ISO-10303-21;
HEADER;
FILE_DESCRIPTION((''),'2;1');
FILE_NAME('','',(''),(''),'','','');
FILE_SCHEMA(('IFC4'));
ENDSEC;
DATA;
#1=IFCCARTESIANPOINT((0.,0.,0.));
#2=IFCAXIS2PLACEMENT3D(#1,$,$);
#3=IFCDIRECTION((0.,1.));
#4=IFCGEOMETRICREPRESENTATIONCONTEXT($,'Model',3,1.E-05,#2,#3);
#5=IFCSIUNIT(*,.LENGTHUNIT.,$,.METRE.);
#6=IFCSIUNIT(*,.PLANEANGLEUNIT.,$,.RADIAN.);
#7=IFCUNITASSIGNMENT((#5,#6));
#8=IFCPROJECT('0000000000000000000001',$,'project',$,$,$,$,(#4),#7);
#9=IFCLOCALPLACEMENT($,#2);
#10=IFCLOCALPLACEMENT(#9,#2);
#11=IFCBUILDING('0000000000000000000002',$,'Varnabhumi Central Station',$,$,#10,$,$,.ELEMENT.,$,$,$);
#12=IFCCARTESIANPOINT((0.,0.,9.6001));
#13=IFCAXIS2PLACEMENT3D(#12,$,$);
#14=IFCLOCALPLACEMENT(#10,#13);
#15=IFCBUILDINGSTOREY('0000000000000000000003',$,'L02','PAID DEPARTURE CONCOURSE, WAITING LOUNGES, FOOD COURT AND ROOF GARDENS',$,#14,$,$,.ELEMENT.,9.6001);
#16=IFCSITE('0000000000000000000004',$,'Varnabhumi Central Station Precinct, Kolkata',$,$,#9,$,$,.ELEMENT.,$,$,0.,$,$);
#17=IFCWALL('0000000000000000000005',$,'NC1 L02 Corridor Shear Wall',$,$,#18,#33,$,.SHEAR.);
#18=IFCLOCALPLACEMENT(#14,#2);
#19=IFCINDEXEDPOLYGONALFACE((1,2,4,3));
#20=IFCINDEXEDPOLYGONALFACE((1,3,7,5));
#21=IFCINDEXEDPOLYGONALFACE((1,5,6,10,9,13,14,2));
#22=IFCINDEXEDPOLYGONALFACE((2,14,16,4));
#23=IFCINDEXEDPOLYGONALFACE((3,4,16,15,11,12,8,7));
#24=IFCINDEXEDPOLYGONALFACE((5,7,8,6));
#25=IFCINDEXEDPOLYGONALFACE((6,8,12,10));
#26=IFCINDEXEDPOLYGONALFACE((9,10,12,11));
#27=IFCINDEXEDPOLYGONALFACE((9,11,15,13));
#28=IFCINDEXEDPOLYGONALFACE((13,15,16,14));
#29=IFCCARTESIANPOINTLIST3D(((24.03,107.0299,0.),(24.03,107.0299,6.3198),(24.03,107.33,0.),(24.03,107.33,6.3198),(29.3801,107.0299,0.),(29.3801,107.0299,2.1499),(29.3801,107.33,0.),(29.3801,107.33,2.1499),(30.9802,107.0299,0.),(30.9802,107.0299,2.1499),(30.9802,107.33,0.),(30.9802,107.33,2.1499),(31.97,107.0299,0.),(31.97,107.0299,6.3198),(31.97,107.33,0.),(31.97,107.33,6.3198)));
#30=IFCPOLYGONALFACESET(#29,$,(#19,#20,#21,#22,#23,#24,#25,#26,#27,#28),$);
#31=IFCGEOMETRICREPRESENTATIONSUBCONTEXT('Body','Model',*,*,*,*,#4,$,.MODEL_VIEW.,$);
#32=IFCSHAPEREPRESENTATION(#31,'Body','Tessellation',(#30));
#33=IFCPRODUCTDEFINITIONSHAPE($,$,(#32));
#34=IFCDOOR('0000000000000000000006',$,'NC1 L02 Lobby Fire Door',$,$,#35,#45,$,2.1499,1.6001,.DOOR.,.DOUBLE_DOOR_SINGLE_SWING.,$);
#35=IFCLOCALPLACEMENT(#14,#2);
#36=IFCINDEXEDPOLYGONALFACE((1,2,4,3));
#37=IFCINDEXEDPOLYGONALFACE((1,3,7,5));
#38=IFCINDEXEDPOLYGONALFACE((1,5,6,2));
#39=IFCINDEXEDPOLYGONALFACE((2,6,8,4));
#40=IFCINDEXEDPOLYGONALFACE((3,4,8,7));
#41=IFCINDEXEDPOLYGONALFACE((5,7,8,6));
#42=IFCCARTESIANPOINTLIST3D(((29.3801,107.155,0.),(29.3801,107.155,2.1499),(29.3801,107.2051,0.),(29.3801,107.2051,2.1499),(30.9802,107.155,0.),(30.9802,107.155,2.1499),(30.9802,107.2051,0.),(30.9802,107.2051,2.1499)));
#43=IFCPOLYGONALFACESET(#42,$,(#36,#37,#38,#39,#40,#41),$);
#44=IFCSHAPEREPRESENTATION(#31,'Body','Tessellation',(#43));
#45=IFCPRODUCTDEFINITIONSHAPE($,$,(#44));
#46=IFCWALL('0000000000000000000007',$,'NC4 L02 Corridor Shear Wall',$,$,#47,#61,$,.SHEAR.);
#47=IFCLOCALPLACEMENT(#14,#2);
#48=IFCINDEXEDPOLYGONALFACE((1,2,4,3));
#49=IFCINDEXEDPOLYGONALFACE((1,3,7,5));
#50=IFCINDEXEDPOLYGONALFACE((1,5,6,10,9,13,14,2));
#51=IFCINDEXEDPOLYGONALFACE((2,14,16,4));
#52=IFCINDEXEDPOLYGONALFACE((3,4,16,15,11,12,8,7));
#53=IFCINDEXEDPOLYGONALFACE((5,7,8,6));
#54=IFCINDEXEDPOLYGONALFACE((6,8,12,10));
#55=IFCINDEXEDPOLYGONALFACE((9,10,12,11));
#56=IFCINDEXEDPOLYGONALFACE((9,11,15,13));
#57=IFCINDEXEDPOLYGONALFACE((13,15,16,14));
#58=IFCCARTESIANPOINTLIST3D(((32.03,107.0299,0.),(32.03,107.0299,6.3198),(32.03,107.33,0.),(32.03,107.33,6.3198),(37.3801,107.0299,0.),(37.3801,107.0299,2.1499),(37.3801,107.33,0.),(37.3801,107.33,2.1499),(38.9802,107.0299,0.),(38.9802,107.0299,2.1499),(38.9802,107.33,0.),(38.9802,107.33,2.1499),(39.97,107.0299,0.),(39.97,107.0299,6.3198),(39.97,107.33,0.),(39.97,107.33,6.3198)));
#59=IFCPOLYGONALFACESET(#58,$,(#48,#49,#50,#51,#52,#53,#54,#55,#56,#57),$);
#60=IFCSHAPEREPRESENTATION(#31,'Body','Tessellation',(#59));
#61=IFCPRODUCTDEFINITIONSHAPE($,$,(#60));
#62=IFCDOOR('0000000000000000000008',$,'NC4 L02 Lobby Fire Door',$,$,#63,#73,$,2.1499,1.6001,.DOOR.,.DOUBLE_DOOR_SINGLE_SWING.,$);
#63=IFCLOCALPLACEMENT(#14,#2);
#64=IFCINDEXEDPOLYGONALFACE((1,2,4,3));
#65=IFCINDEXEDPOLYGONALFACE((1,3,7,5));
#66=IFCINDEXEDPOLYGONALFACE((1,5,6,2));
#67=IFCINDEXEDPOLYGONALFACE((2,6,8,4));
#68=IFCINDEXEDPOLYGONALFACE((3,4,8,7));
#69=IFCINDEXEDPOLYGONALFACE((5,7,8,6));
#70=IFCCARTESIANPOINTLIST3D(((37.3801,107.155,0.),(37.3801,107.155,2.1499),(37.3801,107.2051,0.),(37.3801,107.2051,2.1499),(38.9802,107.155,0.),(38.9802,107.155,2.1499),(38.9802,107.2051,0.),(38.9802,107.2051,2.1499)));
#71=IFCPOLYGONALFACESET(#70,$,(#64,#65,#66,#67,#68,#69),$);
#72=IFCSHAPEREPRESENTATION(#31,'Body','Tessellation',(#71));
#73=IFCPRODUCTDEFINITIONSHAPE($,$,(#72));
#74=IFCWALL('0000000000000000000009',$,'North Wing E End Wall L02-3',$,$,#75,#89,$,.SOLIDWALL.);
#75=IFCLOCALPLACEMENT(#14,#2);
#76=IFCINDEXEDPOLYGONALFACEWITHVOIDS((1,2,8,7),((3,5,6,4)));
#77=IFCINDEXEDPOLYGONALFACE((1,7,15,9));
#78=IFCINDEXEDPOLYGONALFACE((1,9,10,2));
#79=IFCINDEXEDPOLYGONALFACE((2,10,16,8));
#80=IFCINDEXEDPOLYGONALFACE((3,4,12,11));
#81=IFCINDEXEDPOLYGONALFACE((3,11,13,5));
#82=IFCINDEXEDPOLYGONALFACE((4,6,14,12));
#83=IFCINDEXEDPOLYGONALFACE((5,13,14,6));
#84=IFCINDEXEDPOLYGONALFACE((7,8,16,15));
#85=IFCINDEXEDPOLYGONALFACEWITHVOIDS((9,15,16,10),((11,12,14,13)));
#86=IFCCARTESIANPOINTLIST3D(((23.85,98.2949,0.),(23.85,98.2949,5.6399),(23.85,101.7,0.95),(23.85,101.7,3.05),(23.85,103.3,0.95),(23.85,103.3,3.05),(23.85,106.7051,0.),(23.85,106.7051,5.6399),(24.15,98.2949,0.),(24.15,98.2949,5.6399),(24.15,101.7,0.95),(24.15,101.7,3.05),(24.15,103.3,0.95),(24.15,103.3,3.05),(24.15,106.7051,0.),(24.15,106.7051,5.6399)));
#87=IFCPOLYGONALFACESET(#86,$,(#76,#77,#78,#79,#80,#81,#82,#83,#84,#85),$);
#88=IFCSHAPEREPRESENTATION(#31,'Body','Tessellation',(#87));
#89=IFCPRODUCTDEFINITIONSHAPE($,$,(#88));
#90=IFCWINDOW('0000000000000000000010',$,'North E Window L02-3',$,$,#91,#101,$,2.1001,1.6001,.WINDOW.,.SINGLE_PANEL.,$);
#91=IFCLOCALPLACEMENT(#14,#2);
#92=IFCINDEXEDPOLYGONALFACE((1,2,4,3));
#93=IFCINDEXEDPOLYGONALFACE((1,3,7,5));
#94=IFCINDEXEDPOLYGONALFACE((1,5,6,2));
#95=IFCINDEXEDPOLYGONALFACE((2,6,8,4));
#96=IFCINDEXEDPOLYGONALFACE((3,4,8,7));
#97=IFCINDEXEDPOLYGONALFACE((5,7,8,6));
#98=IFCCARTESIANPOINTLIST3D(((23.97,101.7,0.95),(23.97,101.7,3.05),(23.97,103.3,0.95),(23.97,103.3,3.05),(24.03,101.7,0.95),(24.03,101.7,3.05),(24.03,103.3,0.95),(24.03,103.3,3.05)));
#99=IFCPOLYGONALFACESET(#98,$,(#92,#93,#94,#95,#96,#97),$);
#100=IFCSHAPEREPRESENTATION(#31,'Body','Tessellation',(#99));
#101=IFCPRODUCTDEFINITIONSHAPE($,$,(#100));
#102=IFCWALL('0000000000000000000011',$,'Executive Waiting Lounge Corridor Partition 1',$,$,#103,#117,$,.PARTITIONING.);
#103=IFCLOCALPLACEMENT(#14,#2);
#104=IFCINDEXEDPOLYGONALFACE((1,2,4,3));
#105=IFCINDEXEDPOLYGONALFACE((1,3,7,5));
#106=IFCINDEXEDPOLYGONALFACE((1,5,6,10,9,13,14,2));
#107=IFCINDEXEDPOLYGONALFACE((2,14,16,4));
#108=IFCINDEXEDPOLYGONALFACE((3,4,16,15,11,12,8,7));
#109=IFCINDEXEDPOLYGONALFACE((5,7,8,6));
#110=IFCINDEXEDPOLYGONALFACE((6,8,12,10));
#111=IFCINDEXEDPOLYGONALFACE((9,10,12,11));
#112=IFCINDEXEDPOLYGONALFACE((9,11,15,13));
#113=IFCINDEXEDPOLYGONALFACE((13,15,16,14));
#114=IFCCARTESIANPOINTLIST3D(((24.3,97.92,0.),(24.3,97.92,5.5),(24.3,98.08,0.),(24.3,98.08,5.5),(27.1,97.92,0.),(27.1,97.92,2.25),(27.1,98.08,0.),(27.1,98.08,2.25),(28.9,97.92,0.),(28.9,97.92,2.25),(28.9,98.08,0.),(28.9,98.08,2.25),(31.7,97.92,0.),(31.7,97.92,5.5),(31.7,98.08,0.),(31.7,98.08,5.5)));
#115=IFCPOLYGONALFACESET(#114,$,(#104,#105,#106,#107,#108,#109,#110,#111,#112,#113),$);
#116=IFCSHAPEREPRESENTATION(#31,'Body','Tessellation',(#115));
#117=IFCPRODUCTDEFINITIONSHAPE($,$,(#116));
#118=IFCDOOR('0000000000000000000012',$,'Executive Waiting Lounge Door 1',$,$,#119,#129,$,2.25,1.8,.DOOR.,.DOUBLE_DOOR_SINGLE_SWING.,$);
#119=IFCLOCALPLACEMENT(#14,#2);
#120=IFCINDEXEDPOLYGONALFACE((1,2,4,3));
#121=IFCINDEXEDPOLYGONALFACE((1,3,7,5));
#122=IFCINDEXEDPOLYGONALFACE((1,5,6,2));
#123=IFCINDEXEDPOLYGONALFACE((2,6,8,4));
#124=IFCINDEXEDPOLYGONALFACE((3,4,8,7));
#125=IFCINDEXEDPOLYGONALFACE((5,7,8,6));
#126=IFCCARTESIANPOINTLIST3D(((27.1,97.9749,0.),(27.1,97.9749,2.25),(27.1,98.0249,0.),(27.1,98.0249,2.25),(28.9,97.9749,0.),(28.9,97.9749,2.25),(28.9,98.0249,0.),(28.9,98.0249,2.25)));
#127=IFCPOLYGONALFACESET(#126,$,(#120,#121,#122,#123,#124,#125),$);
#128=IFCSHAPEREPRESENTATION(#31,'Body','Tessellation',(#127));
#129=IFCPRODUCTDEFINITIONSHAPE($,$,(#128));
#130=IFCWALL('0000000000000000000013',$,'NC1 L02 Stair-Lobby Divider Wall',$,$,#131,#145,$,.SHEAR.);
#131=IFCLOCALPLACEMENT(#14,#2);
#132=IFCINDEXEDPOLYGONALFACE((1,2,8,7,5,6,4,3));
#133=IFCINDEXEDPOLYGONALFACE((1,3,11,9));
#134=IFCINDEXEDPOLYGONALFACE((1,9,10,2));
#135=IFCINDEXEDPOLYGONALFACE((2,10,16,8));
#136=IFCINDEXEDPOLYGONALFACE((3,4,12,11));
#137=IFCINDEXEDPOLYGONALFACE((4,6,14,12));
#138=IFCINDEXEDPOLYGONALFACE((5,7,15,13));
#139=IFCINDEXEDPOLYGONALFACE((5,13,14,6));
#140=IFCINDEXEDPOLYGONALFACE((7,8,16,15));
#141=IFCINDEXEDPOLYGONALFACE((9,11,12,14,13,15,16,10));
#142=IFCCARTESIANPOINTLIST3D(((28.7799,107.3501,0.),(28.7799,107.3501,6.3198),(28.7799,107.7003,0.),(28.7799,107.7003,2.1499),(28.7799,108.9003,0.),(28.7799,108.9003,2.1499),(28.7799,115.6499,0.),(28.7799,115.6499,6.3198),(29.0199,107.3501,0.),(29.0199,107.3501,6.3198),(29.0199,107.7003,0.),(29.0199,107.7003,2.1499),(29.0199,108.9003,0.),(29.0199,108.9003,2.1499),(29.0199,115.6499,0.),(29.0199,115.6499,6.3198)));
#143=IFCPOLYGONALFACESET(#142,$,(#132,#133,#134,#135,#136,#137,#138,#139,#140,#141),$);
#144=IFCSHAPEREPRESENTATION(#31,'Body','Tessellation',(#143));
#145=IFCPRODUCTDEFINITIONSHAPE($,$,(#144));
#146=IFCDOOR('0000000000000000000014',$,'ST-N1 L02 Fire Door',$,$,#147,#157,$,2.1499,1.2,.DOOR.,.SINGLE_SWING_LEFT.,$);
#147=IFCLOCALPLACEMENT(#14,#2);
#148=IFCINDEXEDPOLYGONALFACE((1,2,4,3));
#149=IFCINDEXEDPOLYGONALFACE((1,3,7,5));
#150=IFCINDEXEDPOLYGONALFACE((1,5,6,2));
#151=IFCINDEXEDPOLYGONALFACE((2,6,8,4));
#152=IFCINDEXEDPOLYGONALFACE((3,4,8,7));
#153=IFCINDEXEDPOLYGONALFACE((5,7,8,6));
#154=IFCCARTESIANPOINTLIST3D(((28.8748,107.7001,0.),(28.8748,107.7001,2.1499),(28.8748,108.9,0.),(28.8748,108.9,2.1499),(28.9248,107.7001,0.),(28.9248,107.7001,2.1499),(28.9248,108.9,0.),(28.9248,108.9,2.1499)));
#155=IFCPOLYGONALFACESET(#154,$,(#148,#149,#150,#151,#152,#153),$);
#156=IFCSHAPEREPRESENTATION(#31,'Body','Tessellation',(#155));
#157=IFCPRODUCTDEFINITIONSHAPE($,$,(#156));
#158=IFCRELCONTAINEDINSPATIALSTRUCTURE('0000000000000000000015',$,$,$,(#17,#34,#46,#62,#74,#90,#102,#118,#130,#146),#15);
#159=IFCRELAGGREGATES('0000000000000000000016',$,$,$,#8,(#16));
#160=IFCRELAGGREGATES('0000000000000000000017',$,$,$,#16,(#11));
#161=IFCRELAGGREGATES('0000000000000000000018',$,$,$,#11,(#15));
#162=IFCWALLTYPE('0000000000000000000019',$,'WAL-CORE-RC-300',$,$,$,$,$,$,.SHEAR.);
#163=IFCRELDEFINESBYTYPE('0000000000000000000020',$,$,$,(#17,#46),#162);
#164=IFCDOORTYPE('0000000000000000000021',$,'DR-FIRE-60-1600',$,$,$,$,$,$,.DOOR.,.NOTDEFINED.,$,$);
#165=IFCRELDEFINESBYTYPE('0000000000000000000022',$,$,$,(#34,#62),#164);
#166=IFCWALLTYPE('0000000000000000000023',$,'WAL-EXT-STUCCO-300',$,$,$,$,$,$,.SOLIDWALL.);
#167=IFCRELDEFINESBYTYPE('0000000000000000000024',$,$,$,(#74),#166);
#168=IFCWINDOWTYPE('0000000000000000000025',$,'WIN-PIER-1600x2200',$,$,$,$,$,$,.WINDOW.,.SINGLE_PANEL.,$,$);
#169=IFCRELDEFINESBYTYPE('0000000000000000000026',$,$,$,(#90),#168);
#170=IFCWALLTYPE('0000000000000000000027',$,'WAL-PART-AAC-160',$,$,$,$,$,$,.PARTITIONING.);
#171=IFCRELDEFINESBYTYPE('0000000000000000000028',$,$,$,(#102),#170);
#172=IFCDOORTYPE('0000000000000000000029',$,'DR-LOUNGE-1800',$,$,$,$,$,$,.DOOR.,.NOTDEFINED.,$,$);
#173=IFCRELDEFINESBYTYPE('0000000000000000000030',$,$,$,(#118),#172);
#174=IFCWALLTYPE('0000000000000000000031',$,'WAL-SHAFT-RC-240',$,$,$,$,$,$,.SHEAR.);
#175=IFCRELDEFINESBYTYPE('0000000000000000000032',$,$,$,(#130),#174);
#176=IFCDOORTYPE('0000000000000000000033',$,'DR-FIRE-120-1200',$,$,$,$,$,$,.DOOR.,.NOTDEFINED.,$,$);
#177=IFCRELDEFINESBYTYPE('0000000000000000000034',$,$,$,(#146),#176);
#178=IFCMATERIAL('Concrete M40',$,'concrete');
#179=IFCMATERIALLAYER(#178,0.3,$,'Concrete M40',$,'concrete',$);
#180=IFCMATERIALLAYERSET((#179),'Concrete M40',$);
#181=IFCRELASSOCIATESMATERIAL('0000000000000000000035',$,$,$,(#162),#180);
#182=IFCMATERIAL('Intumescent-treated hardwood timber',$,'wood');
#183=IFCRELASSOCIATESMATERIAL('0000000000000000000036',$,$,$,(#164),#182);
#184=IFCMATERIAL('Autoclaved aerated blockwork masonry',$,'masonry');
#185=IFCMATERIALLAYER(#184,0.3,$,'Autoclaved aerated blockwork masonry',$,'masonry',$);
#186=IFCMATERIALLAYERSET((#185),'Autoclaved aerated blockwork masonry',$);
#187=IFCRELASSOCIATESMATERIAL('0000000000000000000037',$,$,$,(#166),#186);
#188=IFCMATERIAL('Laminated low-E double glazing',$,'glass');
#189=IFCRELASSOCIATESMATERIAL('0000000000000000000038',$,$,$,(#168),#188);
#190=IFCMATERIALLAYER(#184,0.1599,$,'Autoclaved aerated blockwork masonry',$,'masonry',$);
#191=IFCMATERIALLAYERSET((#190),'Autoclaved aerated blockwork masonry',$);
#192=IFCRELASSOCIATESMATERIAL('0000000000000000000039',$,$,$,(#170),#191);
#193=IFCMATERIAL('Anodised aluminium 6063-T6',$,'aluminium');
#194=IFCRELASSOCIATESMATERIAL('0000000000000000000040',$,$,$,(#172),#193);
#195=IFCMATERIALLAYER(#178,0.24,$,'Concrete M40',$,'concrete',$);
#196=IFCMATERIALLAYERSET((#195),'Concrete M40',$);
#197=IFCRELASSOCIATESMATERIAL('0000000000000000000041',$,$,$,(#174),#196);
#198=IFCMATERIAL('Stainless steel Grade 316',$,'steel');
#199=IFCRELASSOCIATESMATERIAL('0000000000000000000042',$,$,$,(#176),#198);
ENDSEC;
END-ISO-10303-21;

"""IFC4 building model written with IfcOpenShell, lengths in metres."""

from ifc_helpers import new_model, si_unit, direction, frame, frame_2d, origin, place, context, subcontext, project, spatial, rectangle, extrude, material, layer, layer_set, type_object, element, fill, save


model = new_model("IFC4")

# Units and contexts
model_context = context("Model", 3, precision=1e-05, world=origin(), true_north=direction((0.0, 1.0)))
body_context = subcontext(model_context, "Body", "Model", "MODEL_VIEW")
ifc_project = project(units=[si_unit("LENGTHUNIT", "METRE"), si_unit("PLANEANGLEUNIT", "RADIAN")], contexts=[model_context])

# Site, building, storey
site_placement = place(None, origin())
site = spatial("IfcSite", under=ifc_project, at=site_placement, Name="Varnabhumi Central Station Precinct, Kolkata", CompositionType="ELEMENT", RefElevation=0.0)
building_placement = place(site_placement, origin())
building = spatial("IfcBuilding", under=site, at=building_placement, Name="Varnabhumi Central Station", CompositionType="ELEMENT")
storey_placement = place(building_placement, frame((0.0, 0.0, 9.6001)))
storey = spatial("IfcBuildingStorey", under=building, at=storey_placement, Name="L02", Description="PAID DEPARTURE CONCOURSE, WAITING LOUNGES, FOOD COURT AND ROOF GARDENS", CompositionType="ELEMENT", Elevation=9.6001)

# Shared definitions
ifc_material_1 = material(Name="Concrete M40", Category="concrete")

# Shared definitions
ifc_layer_1 = layer(ifc_material_1, 0.3, Name="Concrete M40", Category="concrete")
ifc_layer_set_1 = layer_set([ifc_layer_1], Name="Concrete M40")
wall_type_1 = type_object("IfcWallType", Name="WAL-CORE-RC-300", PredefinedType="SHEAR", material=ifc_layer_set_1)

# Walls, openings, doors
wall_1_placement = place(storey_placement, frame((24.03, 107.1799, 0.0), z_axis=(0.0, 0.0, 1.0), x_axis=(1.0, 0.0, 0.0)))
wall_1 = element("IfcWall", 1, at=wall_1_placement, inside=storey, type_object=wall_type_1, Name="NC1 L02 Corridor Shear Wall", PredefinedType="SHEAR", context=body_context, shape_type="SweptSolid", body=[
    extrude(rectangle(XDim=7.9399, YDim=0.3, at=frame_2d((3.97, 0.0))), origin(), (0.0, 0.0, 1.0), 6.3198),
])
opening_1_placement = place(wall_1_placement, frame((5.3501, 0.0, 0.0)))
opening_1 = element("IfcOpeningElement", 2, at=opening_1_placement, cuts=wall_1, PredefinedType="OPENING", context=body_context, shape_type="SweptSolid", body=[
    extrude(rectangle(XDim=1.6001, YDim=2.1499, at=frame_2d((0.8, 1.075))), frame((0.0, 0.1599, 0.0), z_axis=(0.0, -1.0, 0.0), x_axis=(1.0, 0.0, 0.0)), (0.0, 0.0, 1.0), 0.3201),
])
ifc_material_2 = material(Name="Intumescent-treated hardwood timber", Category="wood")
door_type_1 = type_object("IfcDoorType", Name="DR-FIRE-60-1600", OperationType="NOTDEFINED", PredefinedType="DOOR", material=ifc_material_2)
door_1_placement = place(opening_1_placement, frame((1.6001, 0.0, 0.0), z_axis=(0.0, 0.0, 1.0), x_axis=(-1.0, 0.0, 0.0)))
door_1 = element("IfcDoor", 3, at=door_1_placement, inside=storey, type_object=door_type_1, Name="NC1 L02 Lobby Fire Door", OperationType="DOUBLE_DOOR_SINGLE_SWING", OverallHeight=2.1499, OverallWidth=1.6001, PredefinedType="DOOR", context=body_context, shape_type="SweptSolid", body=[
    extrude(rectangle(XDim=1.6001, YDim=2.1499, at=frame_2d((0.8, 1.075))), frame((0.0, 0.0249, 0.0), z_axis=(0.0, -1.0, 0.0), x_axis=(1.0, 0.0, 0.0)), (0.0, 0.0, 1.0), 0.05),
])
fill(opening_1, door_1)
wall_2_placement = place(storey_placement, frame((32.03, 107.1799, 0.0), z_axis=(0.0, 0.0, 1.0), x_axis=(1.0, 0.0, 0.0)))
wall_2 = element("IfcWall", 4, at=wall_2_placement, inside=storey, type_object=wall_type_1, Name="NC4 L02 Corridor Shear Wall", PredefinedType="SHEAR", context=body_context, shape_type="SweptSolid", body=[
    extrude(rectangle(XDim=7.9399, YDim=0.3, at=frame_2d((3.97, 0.0))), origin(), (0.0, 0.0, 1.0), 6.3198),
])
opening_2_placement = place(wall_2_placement, frame((5.3501, 0.0, 0.0)))
opening_2 = element("IfcOpeningElement", 5, at=opening_2_placement, cuts=wall_2, PredefinedType="OPENING", context=body_context, shape_type="SweptSolid", body=[
    extrude(rectangle(XDim=1.6001, YDim=2.1499, at=frame_2d((0.8, 1.075))), frame((0.0, 0.1599, 0.0), z_axis=(0.0, -1.0, 0.0), x_axis=(1.0, 0.0, 0.0)), (0.0, 0.0, 1.0), 0.3201),
])
door_2_placement = place(opening_2_placement, frame((1.6001, 0.0, 0.0), z_axis=(0.0, 0.0, 1.0), x_axis=(-1.0, 0.0, 0.0)))
door_2 = element("IfcDoor", 6, at=door_2_placement, inside=storey, type_object=door_type_1, Name="NC4 L02 Lobby Fire Door", OperationType="DOUBLE_DOOR_SINGLE_SWING", OverallHeight=2.1499, OverallWidth=1.6001, PredefinedType="DOOR", context=body_context, shape_type="SweptSolid", body=[
    extrude(rectangle(XDim=1.6001, YDim=2.1499, at=frame_2d((0.8, 1.075))), frame((0.0, 0.0249, 0.0), z_axis=(0.0, -1.0, 0.0), x_axis=(1.0, 0.0, 0.0)), (0.0, 0.0, 1.0), 0.05),
])
fill(opening_2, door_2)

# Wall, opening, window
ifc_material_3 = material(Name="Autoclaved aerated blockwork masonry", Category="masonry")
ifc_layer_2 = layer(ifc_material_3, 0.3, Name="Autoclaved aerated blockwork masonry", Category="masonry")
ifc_layer_set_2 = layer_set([ifc_layer_2], Name="Autoclaved aerated blockwork masonry")
wall_type_2 = type_object("IfcWallType", Name="WAL-EXT-STUCCO-300", PredefinedType="SOLIDWALL", material=ifc_layer_set_2)
wall_3_placement = place(storey_placement, frame((24.0, 98.2949, 0.0), z_axis=(0.0, 0.0, 1.0), x_axis=(0.0, 1.0, 0.0)))
wall_3 = element("IfcWall", 7, at=wall_3_placement, inside=storey, type_object=wall_type_2, Name="North Wing E End Wall L02-3", PredefinedType="SOLIDWALL", context=body_context, shape_type="SweptSolid", body=[
    extrude(rectangle(XDim=8.4102, YDim=0.3, at=frame_2d((4.2051, 0.0))), origin(), (0.0, 0.0, 1.0), 5.6399),
])
opening_3_placement = place(wall_3_placement, frame((3.405, 0.0, 0.95)))
opening_3 = element("IfcOpeningElement", 8, at=opening_3_placement, cuts=wall_3, PredefinedType="OPENING", context=body_context, shape_type="SweptSolid", body=[
    extrude(rectangle(XDim=1.6001, YDim=2.1001, at=frame_2d((0.8, 1.05))), frame((0.0, 0.1599, 0.0), z_axis=(0.0, -1.0, 0.0), x_axis=(1.0, 0.0, 0.0)), (0.0, 0.0, 1.0), 0.3201),
])
ifc_material_4 = material(Name="Laminated low-E double glazing", Category="glass")
window_type = type_object("IfcWindowType", Name="WIN-PIER-1600x2200", PartitioningType="SINGLE_PANEL", PredefinedType="WINDOW", material=ifc_material_4)
window_placement = place(opening_3_placement, origin())
window = element("IfcWindow", 9, at=window_placement, inside=storey, type_object=window_type, Name="North E Window L02-3", OverallHeight=2.1001, OverallWidth=1.6001, PartitioningType="SINGLE_PANEL", PredefinedType="WINDOW", context=body_context, shape_type="SweptSolid", body=[
    extrude(rectangle(XDim=1.6001, YDim=2.1001, at=frame_2d((0.8, 1.05))), frame((0.0, 0.03, 0.0), z_axis=(0.0, -1.0, 0.0), x_axis=(1.0, 0.0, 0.0)), (0.0, 0.0, 1.0), 0.0601),
])
fill(opening_3, window)

# Walls, openings, doors
ifc_layer_3 = layer(ifc_material_3, 0.1599, Name="Autoclaved aerated blockwork masonry", Category="masonry")
ifc_layer_set_3 = layer_set([ifc_layer_3], Name="Autoclaved aerated blockwork masonry")
wall_type_3 = type_object("IfcWallType", Name="WAL-PART-AAC-160", PredefinedType="PARTITIONING", material=ifc_layer_set_3)
wall_4_placement = place(storey_placement, frame((24.3, 98.0, 0.0), z_axis=(0.0, 0.0, 1.0), x_axis=(1.0, 0.0, 0.0)))
wall_4 = element("IfcWall", 10, at=wall_4_placement, inside=storey, type_object=wall_type_3, Name="Executive Waiting Lounge Corridor Partition 1", PredefinedType="PARTITIONING", context=body_context, shape_type="SweptSolid", body=[
    extrude(rectangle(XDim=7.3999, YDim=0.1599, at=frame_2d((3.7, 0.0))), origin(), (0.0, 0.0, 1.0), 5.5),
])
opening_4_placement = place(wall_4_placement, frame((2.8, 0.0, 0.0)))
opening_4 = element("IfcOpeningElement", 11, at=opening_4_placement, cuts=wall_4, PredefinedType="OPENING", context=body_context, shape_type="SweptSolid", body=[
    extrude(rectangle(XDim=1.8, YDim=2.25, at=frame_2d((0.8999, 1.125))), frame((0.0, 0.0898, 0.0), z_axis=(0.0, -1.0, 0.0), x_axis=(1.0, 0.0, 0.0)), (0.0, 0.0, 1.0), 0.1799),
])
ifc_material_5 = material(Name="Anodised aluminium 6063-T6", Category="aluminium")
door_type_2 = type_object("IfcDoorType", Name="DR-LOUNGE-1800", OperationType="NOTDEFINED", PredefinedType="DOOR", material=ifc_material_5)
door_3_placement = place(opening_4_placement, origin())
door_3 = element("IfcDoor", 12, at=door_3_placement, inside=storey, type_object=door_type_2, Name="Executive Waiting Lounge Door 1", OperationType="DOUBLE_DOOR_SINGLE_SWING", OverallHeight=2.25, OverallWidth=1.8, PredefinedType="DOOR", context=body_context, shape_type="SweptSolid", body=[
    extrude(rectangle(XDim=1.8, YDim=2.25, at=frame_2d((0.8999, 1.125))), frame((0.0, 0.0249, 0.0), z_axis=(0.0, -1.0, 0.0), x_axis=(1.0, 0.0, 0.0)), (0.0, 0.0, 1.0), 0.05),
])
fill(opening_4, door_3)
ifc_layer_4 = layer(ifc_material_1, 0.24, Name="Concrete M40", Category="concrete")
ifc_layer_set_4 = layer_set([ifc_layer_4], Name="Concrete M40")
wall_type_4 = type_object("IfcWallType", Name="WAL-SHAFT-RC-240", PredefinedType="SHEAR", material=ifc_layer_set_4)
wall_5_placement = place(storey_placement, frame((28.8999, 107.3501, 0.0), z_axis=(0.0, 0.0, 1.0), x_axis=(0.0, 1.0, 0.0)))
wall_5 = element("IfcWall", 13, at=wall_5_placement, inside=storey, type_object=wall_type_4, Name="NC1 L02 Stair-Lobby Divider Wall", PredefinedType="SHEAR", context=body_context, shape_type="SweptSolid", body=[
    extrude(rectangle(XDim=8.2998, YDim=0.24, at=frame_2d((4.1499, 0.0))), origin(), (0.0, 0.0, 1.0), 6.3198),
])
opening_5_placement = place(wall_5_placement, frame((0.3501, 0.0, 0.0)))
opening_5 = element("IfcOpeningElement", 14, at=opening_5_placement, cuts=wall_5, PredefinedType="OPENING", context=body_context, shape_type="SweptSolid", body=[
    extrude(rectangle(XDim=1.2, YDim=2.1499, at=frame_2d((0.6001, 1.075))), frame((0.0, 0.1299, 0.0), z_axis=(0.0, -1.0, 0.0), x_axis=(1.0, 0.0, 0.0)), (0.0, 0.0, 1.0), 0.26),
])
ifc_material_6 = material(Name="Stainless steel Grade 316", Category="steel")
door_type_3 = type_object("IfcDoorType", Name="DR-FIRE-120-1200", OperationType="NOTDEFINED", PredefinedType="DOOR", material=ifc_material_6)
door_4_placement = place(opening_5_placement, frame((1.2, 0.0, 0.0), z_axis=(0.0, 0.0, 1.0), x_axis=(-1.0, 0.0, 0.0)))
door_4 = element("IfcDoor", 15, at=door_4_placement, inside=storey, type_object=door_type_3, Name="ST-N1 L02 Fire Door", OperationType="SINGLE_SWING_LEFT", OverallHeight=2.1499, OverallWidth=1.2, PredefinedType="DOOR", context=body_context, shape_type="SweptSolid", body=[
    extrude(rectangle(XDim=1.2, YDim=2.1499, at=frame_2d((0.6001, 1.075))), frame((0.0, 0.0249, 0.0), z_axis=(0.0, -1.0, 0.0), x_axis=(1.0, 0.0, 0.0)), (0.0, 0.0, 1.0), 0.05),
])
fill(opening_5, door_4)

save(model, "model.ifc")
